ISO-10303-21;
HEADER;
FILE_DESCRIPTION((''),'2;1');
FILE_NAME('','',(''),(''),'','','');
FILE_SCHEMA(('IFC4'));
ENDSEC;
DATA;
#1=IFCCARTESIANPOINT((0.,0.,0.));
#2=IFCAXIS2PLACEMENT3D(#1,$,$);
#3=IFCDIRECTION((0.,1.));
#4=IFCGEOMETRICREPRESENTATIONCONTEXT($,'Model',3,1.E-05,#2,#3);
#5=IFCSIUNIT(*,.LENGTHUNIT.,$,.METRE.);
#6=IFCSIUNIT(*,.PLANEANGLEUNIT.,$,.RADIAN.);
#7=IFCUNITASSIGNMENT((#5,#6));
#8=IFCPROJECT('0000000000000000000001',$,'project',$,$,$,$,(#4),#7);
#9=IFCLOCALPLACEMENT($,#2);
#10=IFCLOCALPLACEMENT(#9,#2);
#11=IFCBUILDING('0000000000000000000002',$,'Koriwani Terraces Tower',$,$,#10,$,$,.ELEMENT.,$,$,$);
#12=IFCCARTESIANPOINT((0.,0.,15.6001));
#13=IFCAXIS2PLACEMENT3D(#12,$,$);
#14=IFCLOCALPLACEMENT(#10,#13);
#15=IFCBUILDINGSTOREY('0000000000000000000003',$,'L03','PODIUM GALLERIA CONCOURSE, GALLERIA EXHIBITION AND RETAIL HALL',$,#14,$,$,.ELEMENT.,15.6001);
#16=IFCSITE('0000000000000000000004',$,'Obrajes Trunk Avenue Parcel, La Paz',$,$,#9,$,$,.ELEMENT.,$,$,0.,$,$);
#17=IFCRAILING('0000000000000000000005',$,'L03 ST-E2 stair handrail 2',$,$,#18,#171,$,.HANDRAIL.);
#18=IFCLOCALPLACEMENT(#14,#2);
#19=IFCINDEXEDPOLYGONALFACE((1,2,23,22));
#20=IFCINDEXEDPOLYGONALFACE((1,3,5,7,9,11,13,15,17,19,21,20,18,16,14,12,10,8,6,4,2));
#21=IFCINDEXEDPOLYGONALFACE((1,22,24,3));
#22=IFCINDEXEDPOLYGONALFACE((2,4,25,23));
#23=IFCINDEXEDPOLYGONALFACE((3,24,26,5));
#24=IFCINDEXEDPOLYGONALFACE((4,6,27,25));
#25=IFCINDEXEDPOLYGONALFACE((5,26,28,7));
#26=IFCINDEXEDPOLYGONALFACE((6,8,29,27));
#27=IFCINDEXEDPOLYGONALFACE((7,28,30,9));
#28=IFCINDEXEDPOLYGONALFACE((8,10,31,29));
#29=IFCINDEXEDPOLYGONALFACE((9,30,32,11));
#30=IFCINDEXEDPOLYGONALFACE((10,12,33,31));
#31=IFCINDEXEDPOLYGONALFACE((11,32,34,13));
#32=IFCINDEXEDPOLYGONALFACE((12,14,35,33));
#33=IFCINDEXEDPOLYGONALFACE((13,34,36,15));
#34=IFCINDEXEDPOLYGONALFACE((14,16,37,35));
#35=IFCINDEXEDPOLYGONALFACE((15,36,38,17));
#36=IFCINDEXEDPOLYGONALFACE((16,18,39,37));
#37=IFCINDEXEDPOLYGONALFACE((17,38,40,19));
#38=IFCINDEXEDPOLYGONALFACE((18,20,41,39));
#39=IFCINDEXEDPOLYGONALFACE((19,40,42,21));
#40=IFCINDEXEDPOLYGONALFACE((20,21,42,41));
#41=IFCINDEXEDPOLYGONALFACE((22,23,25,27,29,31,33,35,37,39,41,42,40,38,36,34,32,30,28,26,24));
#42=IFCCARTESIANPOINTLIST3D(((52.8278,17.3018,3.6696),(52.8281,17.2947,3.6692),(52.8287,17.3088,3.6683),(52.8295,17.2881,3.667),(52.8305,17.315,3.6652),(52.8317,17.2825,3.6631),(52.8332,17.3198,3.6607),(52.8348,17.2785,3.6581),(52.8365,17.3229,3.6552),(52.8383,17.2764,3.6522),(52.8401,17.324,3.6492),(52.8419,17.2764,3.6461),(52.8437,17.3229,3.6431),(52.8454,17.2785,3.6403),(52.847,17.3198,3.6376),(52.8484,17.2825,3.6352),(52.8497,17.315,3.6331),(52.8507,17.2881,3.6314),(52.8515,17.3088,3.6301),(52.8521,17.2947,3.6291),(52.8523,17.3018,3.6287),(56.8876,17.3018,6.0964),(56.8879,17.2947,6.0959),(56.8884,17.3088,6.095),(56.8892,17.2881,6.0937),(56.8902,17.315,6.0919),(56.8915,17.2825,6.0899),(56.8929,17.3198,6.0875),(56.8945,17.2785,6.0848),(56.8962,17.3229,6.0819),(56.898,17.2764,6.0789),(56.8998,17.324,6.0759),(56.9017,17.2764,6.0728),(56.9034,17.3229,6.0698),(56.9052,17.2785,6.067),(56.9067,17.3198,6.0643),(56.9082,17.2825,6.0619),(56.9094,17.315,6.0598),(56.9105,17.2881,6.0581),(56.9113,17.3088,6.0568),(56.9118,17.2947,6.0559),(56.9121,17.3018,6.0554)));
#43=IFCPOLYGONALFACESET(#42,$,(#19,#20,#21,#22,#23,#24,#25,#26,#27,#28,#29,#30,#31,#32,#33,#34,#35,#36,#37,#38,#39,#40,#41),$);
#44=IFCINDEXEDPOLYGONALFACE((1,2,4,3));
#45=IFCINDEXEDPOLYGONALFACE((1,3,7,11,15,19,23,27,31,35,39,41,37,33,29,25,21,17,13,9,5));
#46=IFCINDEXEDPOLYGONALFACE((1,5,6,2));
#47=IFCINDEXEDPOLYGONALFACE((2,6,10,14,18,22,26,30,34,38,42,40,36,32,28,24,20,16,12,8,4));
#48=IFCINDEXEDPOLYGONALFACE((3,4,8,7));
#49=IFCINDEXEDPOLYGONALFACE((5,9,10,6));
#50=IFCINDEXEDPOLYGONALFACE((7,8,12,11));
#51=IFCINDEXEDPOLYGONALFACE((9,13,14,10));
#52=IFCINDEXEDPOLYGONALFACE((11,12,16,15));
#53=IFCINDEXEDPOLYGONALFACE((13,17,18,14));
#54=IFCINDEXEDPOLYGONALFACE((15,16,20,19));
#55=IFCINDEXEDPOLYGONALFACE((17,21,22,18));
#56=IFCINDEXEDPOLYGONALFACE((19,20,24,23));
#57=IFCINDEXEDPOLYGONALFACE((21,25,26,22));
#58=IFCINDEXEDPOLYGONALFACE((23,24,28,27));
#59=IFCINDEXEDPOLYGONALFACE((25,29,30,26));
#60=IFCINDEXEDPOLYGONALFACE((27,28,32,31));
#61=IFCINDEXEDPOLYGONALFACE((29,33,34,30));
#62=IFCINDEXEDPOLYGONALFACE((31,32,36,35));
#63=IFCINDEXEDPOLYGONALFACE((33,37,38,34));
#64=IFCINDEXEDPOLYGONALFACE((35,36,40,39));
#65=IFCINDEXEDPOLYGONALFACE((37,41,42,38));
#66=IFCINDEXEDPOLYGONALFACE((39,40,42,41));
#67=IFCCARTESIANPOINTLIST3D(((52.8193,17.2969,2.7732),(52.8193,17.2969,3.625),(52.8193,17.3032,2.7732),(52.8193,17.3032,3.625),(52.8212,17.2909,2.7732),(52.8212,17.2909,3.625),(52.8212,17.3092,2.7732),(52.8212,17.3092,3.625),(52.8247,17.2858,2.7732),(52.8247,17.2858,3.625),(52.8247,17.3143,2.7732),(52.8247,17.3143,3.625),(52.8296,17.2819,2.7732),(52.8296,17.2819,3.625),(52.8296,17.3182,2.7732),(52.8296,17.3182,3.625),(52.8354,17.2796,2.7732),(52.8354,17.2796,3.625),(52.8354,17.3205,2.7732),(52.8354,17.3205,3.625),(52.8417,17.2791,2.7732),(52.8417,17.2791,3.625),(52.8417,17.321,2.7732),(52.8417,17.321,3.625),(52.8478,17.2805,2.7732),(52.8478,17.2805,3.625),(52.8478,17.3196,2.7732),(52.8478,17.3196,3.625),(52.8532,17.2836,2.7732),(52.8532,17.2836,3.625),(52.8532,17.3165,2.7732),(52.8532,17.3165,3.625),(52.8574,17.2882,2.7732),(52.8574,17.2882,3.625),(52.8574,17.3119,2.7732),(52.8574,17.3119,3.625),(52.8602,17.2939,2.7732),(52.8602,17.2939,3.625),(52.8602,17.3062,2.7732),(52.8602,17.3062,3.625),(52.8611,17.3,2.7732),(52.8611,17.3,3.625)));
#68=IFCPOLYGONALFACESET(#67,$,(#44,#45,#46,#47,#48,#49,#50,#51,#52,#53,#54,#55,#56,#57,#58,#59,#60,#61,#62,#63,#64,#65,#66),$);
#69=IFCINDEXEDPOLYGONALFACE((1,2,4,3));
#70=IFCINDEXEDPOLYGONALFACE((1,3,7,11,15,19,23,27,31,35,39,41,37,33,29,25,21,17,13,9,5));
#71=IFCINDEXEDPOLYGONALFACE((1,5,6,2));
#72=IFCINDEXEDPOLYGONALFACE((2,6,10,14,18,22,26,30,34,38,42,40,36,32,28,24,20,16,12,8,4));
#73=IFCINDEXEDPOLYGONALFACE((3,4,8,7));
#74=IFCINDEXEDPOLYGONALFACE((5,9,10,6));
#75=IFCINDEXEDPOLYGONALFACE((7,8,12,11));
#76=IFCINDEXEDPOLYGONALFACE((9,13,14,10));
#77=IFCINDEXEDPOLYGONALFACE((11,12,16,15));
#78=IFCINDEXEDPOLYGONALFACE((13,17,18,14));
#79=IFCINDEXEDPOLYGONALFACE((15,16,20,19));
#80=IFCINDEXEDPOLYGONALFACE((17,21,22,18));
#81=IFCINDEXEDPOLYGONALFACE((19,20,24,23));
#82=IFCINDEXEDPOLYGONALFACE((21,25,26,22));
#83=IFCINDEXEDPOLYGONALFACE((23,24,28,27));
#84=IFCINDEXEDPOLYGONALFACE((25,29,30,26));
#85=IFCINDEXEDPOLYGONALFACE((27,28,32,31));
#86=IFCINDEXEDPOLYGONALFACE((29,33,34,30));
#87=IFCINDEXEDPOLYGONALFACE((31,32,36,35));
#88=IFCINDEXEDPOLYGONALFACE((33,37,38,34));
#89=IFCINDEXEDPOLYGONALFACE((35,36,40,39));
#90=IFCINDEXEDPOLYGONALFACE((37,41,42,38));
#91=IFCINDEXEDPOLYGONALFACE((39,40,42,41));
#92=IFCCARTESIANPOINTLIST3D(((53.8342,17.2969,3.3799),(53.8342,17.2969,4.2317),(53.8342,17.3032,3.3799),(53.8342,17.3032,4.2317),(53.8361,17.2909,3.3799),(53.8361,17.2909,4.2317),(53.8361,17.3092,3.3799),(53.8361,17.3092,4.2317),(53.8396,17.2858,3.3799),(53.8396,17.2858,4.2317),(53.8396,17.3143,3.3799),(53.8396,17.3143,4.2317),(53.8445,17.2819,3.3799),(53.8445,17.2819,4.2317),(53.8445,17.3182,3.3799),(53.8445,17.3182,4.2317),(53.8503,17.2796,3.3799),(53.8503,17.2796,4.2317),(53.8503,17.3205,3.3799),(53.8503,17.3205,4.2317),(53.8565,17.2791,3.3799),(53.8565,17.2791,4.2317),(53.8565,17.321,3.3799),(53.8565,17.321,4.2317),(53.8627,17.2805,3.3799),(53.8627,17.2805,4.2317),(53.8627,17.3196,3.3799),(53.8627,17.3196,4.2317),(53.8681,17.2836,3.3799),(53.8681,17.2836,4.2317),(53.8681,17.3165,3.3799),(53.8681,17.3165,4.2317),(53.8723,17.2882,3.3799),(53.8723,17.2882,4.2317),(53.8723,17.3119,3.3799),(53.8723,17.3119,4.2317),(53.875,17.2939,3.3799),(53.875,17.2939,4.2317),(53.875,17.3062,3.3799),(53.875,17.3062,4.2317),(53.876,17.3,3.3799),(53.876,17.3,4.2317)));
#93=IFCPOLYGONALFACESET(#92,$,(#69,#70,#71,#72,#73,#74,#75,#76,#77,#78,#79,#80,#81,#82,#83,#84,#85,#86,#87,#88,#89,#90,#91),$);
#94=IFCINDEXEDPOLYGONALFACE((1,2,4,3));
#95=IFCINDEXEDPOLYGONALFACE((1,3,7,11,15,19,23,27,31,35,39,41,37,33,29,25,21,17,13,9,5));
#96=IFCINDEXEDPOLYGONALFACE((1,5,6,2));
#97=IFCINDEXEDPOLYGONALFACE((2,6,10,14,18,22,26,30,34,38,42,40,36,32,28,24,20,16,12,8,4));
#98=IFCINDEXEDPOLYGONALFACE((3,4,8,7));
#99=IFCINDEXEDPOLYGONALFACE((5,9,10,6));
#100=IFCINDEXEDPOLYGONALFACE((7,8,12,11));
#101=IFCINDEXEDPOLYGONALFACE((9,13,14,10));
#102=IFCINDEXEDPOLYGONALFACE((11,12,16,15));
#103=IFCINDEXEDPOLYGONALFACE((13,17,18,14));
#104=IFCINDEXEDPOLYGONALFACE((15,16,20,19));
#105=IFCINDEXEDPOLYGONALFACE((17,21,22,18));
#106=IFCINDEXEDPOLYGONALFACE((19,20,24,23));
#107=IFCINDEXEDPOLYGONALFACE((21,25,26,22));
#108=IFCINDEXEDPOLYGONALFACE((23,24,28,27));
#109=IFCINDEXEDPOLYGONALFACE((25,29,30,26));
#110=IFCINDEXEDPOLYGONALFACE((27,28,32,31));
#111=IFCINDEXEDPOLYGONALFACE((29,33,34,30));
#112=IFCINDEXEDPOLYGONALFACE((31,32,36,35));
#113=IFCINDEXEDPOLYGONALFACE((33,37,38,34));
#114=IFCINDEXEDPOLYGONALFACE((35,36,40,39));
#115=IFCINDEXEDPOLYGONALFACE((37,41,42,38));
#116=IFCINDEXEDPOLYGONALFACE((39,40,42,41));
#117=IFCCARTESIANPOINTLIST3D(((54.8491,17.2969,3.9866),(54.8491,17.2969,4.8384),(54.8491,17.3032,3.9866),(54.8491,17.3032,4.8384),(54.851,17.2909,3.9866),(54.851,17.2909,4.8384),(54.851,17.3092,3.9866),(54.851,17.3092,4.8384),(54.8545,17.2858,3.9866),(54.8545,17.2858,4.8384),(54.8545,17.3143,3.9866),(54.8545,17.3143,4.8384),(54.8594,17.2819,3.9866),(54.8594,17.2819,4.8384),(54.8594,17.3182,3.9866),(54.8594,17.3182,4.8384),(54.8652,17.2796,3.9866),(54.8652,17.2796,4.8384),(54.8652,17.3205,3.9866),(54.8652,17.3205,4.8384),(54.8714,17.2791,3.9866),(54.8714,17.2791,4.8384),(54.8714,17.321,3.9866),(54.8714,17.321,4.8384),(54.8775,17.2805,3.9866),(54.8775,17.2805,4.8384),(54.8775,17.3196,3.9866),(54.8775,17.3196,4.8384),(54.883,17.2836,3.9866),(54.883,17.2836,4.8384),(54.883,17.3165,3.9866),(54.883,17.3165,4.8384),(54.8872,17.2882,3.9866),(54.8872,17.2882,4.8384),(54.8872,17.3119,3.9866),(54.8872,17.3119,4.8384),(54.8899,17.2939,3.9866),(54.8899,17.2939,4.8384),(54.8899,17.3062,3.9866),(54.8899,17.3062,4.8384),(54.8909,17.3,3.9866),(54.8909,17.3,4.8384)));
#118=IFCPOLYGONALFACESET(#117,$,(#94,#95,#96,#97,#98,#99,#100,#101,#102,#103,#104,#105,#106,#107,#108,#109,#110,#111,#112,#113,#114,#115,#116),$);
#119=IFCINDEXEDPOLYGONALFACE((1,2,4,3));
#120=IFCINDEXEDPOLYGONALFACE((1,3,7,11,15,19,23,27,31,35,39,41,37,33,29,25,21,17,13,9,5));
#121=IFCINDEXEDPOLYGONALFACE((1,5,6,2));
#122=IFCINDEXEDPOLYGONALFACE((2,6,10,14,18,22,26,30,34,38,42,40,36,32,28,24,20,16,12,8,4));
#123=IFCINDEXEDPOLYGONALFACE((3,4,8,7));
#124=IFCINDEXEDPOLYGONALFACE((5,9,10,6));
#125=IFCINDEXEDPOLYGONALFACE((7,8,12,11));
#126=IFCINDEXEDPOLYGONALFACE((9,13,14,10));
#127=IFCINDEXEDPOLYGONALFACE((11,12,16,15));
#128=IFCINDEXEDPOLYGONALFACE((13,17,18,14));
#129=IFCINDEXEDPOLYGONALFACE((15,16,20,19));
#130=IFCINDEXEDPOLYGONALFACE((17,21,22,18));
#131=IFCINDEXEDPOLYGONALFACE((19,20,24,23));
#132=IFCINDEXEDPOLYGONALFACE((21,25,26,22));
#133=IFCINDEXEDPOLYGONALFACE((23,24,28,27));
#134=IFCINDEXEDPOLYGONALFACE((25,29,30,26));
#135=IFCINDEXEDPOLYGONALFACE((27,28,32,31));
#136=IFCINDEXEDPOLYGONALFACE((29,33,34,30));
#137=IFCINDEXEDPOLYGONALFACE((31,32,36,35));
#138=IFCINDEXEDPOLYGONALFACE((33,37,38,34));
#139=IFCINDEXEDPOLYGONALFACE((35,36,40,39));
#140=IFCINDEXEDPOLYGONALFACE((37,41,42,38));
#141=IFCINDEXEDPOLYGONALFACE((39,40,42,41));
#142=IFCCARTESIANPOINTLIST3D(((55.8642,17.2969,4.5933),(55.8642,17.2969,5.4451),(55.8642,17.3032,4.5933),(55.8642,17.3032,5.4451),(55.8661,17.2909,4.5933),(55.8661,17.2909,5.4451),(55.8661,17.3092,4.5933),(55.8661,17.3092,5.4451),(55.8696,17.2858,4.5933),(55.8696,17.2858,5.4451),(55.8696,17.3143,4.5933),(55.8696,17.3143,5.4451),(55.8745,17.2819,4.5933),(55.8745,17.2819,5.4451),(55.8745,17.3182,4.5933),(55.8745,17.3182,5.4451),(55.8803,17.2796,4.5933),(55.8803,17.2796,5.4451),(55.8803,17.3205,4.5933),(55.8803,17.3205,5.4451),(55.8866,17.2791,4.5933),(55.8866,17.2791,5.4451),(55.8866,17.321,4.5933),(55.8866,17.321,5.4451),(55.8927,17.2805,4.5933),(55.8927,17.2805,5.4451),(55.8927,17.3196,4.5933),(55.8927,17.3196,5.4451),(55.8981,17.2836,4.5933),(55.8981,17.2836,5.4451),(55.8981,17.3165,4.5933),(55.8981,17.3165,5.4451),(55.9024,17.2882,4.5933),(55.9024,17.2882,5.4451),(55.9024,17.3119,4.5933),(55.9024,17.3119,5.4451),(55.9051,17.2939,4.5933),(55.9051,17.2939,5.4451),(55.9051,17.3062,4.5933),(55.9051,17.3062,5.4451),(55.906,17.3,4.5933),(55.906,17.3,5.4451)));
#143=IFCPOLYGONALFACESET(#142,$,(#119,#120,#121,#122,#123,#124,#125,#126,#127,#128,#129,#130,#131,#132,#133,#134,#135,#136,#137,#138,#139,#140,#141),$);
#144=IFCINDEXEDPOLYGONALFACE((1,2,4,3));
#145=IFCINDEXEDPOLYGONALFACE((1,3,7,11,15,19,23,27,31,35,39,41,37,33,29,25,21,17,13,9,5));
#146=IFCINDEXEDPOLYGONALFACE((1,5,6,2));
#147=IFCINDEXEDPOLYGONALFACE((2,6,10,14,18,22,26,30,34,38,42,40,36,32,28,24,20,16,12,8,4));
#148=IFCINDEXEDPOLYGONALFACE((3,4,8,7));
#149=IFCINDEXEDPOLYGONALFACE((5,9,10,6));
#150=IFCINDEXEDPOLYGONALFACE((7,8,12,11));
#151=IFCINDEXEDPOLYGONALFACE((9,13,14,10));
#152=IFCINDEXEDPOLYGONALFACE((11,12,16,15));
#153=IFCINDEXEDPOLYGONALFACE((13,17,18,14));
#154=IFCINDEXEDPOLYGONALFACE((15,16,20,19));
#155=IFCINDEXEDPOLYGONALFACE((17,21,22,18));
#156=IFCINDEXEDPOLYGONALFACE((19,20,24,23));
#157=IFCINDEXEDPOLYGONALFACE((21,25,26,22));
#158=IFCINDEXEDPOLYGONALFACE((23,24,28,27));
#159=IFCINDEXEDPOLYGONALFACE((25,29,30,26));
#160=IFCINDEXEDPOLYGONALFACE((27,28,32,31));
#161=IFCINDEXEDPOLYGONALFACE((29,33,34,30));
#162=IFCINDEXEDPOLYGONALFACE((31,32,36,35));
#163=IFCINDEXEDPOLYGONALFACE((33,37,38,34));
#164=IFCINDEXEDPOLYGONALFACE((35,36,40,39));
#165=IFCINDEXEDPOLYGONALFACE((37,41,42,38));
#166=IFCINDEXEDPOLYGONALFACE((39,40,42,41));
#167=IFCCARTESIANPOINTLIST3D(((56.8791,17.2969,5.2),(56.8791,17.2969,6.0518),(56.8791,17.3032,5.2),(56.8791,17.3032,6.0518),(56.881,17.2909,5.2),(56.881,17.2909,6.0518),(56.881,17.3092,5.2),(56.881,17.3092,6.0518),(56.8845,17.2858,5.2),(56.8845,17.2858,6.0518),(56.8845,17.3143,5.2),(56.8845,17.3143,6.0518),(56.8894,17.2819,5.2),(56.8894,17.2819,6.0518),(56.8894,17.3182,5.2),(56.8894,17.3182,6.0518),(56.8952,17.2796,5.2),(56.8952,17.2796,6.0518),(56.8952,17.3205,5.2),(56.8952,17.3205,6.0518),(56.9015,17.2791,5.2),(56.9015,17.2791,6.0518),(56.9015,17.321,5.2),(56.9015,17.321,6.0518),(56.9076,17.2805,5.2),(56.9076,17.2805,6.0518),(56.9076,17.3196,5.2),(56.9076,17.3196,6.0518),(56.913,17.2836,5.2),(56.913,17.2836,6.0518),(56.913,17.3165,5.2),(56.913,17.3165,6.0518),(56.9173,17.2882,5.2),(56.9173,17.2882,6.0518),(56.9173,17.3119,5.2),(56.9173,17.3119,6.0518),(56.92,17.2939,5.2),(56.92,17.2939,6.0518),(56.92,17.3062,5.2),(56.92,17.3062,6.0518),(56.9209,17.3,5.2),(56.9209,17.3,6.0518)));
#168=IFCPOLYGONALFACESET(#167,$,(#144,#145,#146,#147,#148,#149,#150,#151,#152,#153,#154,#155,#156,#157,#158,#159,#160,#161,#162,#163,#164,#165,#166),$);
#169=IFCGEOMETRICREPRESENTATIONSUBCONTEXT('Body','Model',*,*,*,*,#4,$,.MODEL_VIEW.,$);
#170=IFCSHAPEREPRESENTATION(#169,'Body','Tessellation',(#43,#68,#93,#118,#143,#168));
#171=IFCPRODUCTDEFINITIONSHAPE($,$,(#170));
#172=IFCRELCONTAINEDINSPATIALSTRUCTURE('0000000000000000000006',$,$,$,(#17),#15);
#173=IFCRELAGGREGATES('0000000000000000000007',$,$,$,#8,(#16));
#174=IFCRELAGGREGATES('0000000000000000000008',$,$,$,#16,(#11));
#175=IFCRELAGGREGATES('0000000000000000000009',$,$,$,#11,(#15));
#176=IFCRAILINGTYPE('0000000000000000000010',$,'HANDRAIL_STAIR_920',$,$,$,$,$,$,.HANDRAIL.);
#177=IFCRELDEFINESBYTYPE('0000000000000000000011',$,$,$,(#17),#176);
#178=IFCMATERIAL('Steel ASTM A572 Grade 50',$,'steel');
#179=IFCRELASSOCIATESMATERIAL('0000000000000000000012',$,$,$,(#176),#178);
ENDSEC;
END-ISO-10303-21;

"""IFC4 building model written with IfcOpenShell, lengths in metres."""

from ifc_helpers import new_model, si_unit, direction, frame, origin, origin_2d, place, context, subcontext, project, spatial, circle, extrude, material, type_object, element, save


model = new_model("IFC4")

# Units and contexts
model_context = context("Model", 3, precision=1e-05, world=origin(), true_north=direction((0.0, 1.0)))
body_context = subcontext(model_context, "Body", "Model", "MODEL_VIEW")
ifc_project = project(units=[si_unit("LENGTHUNIT", "METRE"), si_unit("PLANEANGLEUNIT", "RADIAN")], contexts=[model_context])

# Site, building, storey
site_placement = place(None, origin())
site = spatial("IfcSite", under=ifc_project, at=site_placement, Name="Obrajes Trunk Avenue Parcel, La Paz", CompositionType="ELEMENT", RefElevation=0.0)
building_placement = place(site_placement, origin())
building = spatial("IfcBuilding", under=site, at=building_placement, Name="Koriwani Terraces Tower", CompositionType="ELEMENT")
storey_placement = place(building_placement, frame((0.0, 0.0, 15.6001)))
storey = spatial("IfcBuildingStorey", under=building, at=storey_placement, Name="L03", Description="PODIUM GALLERIA CONCOURSE, GALLERIA EXHIBITION AND RETAIL HALL", CompositionType="ELEMENT", Elevation=15.6001)

# Shared definitions
ifc_material_1 = material(Name="Steel ASTM A572 Grade 50", Category="steel")

# Railing
railing_type_1 = type_object("IfcRailingType", Name="HANDRAIL_STAIR_920", PredefinedType="HANDRAIL", material=ifc_material_1)
railing_1_placement = place(storey_placement, frame((52.8401, 17.3, 2.7732)))
element("IfcRailing", 1, at=railing_1_placement, inside=storey, type_object=railing_type_1, Name="L03 ST-E2 stair handrail 2", PredefinedType="HANDRAIL", context=body_context, shape_type="SweptSolid", body=[
    extrude(circle(Radius=0.0239, at=origin_2d()), frame((0.0, 0.0, 0.876), z_axis=(0.858343, 0.0, 0.513076), x_axis=(0.0, 1.0, 0.0)), (0.0, 0.0, 1.0), 4.7297),
    extrude(circle(Radius=0.021, at=origin_2d()), origin(), (0.0, 0.0, 1.0), 0.8518),
    extrude(circle(Radius=0.021, at=origin_2d()), frame((1.0149, 0.0, 0.6067)), (0.0, 0.0, 1.0), 0.8518),
    extrude(circle(Radius=0.021, at=origin_2d()), frame((2.0298, 0.0, 1.2134)), (0.0, 0.0, 1.0), 0.8518),
    extrude(circle(Radius=0.021, at=origin_2d()), frame((3.0449, 0.0, 1.8201)), (0.0, 0.0, 1.0), 0.8518),
    extrude(circle(Radius=0.021, at=origin_2d()), frame((4.0598, 0.0, 2.4268)), (0.0, 0.0, 1.0), 0.8518),
])

save(model, "model.ifc")
